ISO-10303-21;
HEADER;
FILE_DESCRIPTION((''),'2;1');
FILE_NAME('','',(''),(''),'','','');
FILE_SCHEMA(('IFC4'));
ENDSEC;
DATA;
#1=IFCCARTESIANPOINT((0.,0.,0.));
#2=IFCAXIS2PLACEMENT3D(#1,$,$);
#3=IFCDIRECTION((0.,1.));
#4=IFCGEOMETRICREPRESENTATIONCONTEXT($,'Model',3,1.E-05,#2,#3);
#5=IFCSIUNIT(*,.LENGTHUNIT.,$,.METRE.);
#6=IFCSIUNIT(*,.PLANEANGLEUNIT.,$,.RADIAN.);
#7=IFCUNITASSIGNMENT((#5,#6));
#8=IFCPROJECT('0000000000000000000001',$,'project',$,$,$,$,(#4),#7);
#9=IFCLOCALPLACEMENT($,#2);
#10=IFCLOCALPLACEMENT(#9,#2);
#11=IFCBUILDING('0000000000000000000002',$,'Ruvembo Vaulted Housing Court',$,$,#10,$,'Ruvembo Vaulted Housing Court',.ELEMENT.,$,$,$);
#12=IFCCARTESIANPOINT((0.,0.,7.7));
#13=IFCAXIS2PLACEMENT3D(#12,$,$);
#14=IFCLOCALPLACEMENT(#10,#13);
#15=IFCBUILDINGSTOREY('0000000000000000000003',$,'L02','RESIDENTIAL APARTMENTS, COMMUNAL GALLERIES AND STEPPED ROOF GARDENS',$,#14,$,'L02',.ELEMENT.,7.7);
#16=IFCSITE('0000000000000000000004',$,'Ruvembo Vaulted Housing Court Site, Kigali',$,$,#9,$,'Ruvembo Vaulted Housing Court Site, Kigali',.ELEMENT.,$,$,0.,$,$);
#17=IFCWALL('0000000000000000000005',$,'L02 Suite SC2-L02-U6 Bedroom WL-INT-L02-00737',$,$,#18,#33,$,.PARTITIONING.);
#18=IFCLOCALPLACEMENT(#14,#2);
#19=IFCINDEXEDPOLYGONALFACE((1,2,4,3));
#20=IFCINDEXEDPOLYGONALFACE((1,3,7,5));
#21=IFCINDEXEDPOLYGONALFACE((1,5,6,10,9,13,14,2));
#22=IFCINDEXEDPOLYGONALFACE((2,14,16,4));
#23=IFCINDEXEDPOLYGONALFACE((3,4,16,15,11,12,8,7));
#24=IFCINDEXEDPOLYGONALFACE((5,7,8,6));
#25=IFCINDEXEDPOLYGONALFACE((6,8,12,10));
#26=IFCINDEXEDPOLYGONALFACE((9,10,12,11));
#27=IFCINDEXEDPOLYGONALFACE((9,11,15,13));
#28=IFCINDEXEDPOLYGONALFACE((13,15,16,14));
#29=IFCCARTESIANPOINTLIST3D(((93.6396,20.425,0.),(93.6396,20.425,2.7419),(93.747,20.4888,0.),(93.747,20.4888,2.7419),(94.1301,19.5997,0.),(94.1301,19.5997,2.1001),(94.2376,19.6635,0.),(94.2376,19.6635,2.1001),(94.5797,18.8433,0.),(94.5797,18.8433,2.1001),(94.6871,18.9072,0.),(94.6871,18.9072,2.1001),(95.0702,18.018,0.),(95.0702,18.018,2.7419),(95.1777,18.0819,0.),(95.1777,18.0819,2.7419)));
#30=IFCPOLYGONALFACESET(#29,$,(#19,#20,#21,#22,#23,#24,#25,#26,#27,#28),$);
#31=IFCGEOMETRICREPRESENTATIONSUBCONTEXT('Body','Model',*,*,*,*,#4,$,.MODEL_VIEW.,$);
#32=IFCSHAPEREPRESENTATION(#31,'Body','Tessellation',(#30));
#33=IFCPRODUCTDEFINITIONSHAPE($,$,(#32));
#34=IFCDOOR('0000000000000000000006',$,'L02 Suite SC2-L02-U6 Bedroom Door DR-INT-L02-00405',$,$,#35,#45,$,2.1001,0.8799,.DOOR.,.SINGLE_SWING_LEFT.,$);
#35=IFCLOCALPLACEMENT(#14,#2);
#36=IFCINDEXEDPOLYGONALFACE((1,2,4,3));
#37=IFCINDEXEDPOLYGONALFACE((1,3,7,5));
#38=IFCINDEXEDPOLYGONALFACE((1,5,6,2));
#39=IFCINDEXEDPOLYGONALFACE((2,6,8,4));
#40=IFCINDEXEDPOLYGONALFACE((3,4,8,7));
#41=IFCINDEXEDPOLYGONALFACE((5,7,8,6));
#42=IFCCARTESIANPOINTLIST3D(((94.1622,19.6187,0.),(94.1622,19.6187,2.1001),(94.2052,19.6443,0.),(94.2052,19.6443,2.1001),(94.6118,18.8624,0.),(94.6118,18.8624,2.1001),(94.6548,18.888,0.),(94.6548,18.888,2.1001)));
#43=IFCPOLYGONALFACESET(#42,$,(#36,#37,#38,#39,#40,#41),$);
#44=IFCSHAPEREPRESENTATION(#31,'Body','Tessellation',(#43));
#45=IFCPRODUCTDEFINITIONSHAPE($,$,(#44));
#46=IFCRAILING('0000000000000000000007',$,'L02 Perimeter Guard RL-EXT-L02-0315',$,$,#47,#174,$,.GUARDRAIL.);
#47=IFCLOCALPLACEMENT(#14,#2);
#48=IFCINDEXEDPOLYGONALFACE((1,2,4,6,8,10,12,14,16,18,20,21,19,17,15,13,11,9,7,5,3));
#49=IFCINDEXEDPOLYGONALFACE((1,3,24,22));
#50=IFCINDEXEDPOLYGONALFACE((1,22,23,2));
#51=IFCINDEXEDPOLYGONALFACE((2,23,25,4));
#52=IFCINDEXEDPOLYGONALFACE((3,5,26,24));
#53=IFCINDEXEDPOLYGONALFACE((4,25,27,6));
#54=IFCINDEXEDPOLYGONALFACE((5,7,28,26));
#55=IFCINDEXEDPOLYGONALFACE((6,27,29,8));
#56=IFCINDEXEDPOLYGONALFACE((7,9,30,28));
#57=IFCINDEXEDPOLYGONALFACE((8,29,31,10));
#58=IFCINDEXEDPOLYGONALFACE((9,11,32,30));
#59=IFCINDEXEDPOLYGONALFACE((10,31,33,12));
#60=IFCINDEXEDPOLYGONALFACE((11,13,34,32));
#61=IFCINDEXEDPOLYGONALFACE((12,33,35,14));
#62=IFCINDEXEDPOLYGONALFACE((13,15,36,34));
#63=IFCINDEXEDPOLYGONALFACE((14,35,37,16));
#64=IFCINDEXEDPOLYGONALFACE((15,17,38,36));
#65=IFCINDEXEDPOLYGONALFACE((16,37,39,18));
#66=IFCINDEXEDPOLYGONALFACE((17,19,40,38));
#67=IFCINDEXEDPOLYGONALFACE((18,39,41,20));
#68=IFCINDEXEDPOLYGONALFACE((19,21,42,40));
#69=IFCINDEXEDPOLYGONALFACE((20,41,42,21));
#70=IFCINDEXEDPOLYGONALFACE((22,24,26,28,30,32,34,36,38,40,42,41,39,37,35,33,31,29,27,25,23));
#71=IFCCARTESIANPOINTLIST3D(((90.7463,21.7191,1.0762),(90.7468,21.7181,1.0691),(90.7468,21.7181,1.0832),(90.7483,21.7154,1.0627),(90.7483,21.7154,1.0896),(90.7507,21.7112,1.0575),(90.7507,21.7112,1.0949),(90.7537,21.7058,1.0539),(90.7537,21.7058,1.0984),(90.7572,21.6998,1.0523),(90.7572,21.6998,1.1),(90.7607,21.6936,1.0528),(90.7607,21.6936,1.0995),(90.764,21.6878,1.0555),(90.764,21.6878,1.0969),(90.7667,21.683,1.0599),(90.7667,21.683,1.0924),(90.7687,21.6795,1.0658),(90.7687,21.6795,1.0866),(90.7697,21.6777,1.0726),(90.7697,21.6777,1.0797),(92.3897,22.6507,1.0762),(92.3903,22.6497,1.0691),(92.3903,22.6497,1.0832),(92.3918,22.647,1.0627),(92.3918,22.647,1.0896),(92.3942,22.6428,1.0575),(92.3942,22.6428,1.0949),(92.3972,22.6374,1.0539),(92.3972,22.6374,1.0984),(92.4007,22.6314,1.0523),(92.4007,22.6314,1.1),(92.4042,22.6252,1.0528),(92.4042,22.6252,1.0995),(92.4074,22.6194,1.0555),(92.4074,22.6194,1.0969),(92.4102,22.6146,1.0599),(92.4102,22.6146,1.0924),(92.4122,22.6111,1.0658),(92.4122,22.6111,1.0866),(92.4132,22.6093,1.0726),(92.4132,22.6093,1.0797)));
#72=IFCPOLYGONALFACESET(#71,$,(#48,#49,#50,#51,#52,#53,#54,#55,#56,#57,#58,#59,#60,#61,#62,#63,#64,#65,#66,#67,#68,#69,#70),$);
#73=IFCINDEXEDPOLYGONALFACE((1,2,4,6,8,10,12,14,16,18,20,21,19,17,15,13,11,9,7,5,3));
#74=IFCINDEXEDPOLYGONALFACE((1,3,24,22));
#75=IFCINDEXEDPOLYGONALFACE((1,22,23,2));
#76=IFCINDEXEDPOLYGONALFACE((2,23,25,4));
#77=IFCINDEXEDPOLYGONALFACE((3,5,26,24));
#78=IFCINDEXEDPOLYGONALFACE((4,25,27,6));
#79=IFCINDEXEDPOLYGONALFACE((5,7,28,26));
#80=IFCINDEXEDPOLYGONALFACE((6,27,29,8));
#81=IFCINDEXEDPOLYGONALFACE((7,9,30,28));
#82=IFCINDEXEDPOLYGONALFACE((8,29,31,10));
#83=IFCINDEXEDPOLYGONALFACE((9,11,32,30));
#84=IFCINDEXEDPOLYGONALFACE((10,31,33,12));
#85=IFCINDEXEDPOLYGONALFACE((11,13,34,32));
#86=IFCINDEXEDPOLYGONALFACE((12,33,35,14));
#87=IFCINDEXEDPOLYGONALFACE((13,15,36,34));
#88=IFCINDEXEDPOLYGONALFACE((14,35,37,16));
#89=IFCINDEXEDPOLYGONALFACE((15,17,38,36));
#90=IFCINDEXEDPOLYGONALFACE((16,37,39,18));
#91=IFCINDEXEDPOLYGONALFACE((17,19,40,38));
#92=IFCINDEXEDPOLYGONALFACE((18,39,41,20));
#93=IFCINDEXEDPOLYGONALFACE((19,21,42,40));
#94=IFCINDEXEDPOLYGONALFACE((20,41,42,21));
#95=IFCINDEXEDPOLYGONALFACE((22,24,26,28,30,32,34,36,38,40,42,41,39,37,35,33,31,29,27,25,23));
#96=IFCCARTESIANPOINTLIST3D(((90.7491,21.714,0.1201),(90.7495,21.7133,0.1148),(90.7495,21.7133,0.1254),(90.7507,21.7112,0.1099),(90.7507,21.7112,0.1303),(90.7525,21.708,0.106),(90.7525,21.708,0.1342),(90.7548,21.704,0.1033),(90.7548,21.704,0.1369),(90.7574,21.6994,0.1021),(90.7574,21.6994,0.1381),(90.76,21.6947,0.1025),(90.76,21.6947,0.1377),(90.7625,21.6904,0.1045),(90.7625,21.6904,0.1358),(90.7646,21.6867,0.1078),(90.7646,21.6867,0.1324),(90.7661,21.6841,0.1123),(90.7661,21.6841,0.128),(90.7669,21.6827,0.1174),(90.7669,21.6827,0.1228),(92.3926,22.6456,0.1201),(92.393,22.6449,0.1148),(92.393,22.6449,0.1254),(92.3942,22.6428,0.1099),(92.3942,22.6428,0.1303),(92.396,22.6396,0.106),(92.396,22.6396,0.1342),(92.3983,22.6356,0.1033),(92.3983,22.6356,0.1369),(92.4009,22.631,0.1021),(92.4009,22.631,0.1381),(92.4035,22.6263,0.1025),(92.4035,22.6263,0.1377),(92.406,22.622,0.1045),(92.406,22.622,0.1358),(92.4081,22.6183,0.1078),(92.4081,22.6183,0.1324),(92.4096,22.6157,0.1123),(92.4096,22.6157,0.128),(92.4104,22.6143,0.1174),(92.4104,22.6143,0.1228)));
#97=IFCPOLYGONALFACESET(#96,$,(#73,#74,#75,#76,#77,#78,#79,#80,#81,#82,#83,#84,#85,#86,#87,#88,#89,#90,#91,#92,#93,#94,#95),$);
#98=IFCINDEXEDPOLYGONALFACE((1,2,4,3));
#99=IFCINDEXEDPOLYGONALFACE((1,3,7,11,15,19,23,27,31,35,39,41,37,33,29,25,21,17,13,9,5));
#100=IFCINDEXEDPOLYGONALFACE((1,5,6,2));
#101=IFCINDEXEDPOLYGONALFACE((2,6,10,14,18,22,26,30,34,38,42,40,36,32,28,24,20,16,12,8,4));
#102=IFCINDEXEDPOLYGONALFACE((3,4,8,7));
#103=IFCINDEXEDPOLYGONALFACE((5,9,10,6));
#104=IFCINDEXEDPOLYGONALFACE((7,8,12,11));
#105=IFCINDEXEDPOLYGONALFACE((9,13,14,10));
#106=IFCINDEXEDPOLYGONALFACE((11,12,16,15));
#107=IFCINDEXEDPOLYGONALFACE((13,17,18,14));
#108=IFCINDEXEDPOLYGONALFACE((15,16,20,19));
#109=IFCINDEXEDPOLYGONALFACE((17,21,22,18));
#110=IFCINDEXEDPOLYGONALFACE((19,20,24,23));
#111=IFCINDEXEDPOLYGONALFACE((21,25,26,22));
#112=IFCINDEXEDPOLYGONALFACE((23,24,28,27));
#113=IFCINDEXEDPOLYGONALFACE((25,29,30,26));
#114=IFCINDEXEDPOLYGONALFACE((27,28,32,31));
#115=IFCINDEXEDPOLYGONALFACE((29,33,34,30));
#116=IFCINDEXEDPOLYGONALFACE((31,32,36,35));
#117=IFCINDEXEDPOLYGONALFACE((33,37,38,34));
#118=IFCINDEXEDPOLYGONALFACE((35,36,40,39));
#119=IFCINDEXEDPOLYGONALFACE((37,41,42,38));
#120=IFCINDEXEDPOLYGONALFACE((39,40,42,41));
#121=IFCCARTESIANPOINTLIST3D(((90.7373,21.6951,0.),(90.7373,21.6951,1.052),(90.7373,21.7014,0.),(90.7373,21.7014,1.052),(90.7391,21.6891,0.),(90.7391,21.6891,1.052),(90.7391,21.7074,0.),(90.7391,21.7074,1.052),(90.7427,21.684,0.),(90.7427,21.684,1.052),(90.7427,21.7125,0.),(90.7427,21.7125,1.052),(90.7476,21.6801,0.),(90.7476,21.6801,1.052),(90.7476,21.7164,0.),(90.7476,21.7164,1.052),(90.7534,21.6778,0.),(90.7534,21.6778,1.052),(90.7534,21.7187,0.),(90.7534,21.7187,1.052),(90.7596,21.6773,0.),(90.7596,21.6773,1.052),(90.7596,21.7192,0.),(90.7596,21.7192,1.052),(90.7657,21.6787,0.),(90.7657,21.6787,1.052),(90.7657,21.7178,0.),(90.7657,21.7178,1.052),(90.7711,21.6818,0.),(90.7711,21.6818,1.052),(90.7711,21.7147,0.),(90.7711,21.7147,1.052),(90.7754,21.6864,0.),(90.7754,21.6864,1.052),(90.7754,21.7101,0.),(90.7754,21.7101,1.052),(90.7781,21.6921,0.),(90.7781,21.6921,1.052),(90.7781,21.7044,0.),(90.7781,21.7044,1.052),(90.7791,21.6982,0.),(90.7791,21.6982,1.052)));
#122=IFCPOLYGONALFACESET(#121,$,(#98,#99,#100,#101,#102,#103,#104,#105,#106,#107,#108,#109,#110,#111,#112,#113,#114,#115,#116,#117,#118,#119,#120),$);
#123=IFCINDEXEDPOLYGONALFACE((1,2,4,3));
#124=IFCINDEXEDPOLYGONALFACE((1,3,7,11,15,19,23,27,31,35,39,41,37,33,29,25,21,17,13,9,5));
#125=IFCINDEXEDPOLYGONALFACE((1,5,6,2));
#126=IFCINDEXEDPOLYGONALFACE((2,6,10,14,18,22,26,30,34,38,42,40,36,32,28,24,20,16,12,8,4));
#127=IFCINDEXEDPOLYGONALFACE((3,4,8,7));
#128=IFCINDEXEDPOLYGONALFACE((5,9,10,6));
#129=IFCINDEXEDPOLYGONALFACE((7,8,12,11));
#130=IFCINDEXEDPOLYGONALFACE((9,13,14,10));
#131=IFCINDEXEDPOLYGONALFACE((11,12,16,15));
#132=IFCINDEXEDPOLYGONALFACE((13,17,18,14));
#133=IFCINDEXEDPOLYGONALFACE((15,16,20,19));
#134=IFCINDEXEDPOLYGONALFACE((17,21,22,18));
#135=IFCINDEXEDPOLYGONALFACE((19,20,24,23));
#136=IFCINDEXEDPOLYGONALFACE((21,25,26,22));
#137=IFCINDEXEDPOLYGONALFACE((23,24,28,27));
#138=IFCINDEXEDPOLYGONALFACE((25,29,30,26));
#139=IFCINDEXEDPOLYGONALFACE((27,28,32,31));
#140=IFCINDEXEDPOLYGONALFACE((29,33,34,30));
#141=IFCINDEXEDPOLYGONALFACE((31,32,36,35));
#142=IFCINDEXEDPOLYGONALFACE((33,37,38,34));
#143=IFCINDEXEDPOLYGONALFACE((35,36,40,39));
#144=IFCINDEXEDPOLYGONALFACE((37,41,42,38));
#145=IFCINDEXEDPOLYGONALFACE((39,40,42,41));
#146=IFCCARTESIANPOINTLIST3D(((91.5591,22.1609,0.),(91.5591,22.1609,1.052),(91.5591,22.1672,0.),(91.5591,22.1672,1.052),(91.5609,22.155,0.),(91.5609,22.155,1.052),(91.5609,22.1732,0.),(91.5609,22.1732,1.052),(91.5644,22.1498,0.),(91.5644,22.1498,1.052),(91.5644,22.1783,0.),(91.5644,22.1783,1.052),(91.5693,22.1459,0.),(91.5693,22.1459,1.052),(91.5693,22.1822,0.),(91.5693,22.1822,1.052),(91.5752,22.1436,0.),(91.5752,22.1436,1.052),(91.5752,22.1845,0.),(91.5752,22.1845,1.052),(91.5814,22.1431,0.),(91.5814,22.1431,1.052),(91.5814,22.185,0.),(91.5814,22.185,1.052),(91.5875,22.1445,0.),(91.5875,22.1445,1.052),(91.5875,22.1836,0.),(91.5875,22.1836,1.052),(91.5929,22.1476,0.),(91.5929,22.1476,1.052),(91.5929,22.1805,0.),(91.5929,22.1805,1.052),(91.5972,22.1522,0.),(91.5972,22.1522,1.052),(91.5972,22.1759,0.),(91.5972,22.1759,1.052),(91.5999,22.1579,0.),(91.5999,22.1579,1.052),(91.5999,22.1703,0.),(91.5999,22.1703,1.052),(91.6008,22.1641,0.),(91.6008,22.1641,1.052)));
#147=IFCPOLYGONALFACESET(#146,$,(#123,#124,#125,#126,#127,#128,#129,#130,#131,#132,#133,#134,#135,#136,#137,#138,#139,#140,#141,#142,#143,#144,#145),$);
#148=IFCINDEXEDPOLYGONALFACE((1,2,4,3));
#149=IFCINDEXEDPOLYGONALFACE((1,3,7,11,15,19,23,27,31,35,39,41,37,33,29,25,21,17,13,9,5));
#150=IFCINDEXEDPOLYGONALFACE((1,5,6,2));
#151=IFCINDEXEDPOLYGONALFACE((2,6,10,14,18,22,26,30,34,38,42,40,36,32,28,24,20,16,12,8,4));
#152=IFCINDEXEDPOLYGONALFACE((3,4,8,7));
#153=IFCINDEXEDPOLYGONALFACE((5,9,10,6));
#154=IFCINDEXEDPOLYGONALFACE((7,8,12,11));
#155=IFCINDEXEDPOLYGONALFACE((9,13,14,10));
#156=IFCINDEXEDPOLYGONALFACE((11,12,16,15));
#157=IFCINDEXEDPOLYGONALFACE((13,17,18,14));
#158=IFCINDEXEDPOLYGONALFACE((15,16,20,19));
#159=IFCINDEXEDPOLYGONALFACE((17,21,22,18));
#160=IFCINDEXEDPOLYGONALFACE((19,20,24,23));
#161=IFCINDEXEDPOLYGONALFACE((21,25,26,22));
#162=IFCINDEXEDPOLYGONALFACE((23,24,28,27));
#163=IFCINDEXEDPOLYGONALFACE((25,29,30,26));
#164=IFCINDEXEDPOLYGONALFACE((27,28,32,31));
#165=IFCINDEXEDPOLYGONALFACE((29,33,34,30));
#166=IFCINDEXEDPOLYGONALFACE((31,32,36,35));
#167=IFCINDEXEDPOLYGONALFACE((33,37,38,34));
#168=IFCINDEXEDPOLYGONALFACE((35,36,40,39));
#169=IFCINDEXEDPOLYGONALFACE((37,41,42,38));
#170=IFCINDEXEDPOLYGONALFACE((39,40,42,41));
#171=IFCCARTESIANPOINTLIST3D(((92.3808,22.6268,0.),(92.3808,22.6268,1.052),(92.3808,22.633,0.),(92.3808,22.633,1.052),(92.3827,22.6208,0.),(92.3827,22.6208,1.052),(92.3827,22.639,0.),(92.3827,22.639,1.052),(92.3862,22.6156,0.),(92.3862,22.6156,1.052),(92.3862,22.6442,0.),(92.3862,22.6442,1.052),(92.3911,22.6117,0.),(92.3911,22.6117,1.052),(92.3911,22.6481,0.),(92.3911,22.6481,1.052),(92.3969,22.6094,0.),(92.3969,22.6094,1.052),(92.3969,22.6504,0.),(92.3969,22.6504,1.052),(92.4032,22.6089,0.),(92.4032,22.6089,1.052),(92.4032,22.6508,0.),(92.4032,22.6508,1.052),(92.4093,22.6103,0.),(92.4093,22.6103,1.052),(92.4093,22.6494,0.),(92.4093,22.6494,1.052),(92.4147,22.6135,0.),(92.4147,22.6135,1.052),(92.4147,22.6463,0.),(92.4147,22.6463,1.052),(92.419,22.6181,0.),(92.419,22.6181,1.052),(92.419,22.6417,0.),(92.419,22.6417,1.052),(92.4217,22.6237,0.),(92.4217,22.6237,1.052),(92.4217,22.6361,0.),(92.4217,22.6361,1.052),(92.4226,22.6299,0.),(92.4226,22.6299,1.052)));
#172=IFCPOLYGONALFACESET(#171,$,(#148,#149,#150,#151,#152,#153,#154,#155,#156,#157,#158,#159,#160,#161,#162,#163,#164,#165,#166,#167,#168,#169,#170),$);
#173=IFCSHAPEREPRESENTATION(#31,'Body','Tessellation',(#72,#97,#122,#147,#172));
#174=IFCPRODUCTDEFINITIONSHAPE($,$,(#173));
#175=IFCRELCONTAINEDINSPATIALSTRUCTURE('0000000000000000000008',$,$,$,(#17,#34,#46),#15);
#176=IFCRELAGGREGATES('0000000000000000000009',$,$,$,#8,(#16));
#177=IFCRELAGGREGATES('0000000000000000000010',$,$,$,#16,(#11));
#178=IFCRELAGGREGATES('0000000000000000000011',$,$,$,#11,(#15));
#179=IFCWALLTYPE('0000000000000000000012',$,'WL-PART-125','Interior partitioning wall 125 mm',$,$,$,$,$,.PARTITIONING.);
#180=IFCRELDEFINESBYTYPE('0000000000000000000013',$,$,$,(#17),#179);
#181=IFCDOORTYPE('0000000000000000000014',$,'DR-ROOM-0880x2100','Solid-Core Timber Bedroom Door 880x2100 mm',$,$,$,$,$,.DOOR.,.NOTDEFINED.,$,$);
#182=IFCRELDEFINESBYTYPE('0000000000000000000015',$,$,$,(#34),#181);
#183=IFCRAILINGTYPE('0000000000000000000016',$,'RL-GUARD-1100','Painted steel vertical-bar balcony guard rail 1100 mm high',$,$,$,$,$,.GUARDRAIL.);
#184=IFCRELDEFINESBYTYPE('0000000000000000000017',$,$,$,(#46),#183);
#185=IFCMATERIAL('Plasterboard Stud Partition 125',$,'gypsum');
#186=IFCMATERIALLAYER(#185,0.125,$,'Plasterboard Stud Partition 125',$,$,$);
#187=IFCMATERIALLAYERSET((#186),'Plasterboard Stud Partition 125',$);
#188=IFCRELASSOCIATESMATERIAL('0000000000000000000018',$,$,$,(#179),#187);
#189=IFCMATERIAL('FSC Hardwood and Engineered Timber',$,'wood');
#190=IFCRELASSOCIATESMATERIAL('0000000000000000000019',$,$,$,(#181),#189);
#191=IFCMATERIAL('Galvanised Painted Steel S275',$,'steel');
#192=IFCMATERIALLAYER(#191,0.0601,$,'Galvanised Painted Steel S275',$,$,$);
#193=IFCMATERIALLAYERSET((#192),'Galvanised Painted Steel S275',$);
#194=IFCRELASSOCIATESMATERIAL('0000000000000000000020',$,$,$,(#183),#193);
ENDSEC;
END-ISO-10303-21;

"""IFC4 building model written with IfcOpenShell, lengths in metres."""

from ifc_helpers import new_model, si_unit, direction, frame, frame_2d, origin, origin_2d, place, context, subcontext, project, spatial, rectangle, circle, extrude, material, layer, layer_set, type_object, element, fill, save


model = new_model("IFC4")

# Units and contexts
model_context = context("Model", 3, precision=1e-05, world=origin(), true_north=direction((0.0, 1.0)))
body_context = subcontext(model_context, "Body", "Model", "MODEL_VIEW")
ifc_project = project(units=[si_unit("LENGTHUNIT", "METRE"), si_unit("PLANEANGLEUNIT", "RADIAN")], contexts=[model_context])

# Site, building, storey
site_placement = place(None, origin())
site = spatial("IfcSite", under=ifc_project, at=site_placement, Name="Ruvembo Vaulted Housing Court Site, Kigali", LongName="Ruvembo Vaulted Housing Court Site, Kigali", CompositionType="ELEMENT", RefElevation=0.0)
building_placement = place(site_placement, origin())
building = spatial("IfcBuilding", under=site, at=building_placement, Name="Ruvembo Vaulted Housing Court", LongName="Ruvembo Vaulted Housing Court", CompositionType="ELEMENT")
storey_placement = place(building_placement, frame((0.0, 0.0, 7.7)))
storey = spatial("IfcBuildingStorey", under=building, at=storey_placement, Name="L02", Description="RESIDENTIAL APARTMENTS, COMMUNAL GALLERIES AND STEPPED ROOF GARDENS", LongName="L02", CompositionType="ELEMENT", Elevation=7.7)

# Wall, opening, door
ifc_material_1 = material(Name="Plasterboard Stud Partition 125", Category="gypsum")
ifc_layer_1 = layer(ifc_material_1, 0.125, Name="Plasterboard Stud Partition 125")
ifc_layer_set_1 = layer_set([ifc_layer_1], Name="Plasterboard Stud Partition 125")
wall_type_1 = type_object("IfcWallType", Name="WL-PART-125", Description="Interior partitioning wall 125 mm", PredefinedType="PARTITIONING", material=ifc_layer_set_1)
wall_1_placement = place(storey_placement, frame((93.6934, 20.4568, 0.0), z_axis=(0.0, 0.0, 1.0), x_axis=(0.51094, -0.859617, 0.0)))
wall_1 = element("IfcWall", 1, at=wall_1_placement, inside=storey, type_object=wall_type_1, Name="L02 Suite SC2-L02-U6 Bedroom WL-INT-L02-00737", PredefinedType="PARTITIONING", context=body_context, shape_type="SweptSolid", body=[
    extrude(rectangle(XDim=2.8, YDim=0.125, at=frame_2d((1.3999, 0.0))), origin(), (0.0, 0.0, 1.0), 2.7419),
])
opening_1_placement = place(wall_1_placement, frame((0.96, 0.0, 0.0)))
opening_1 = element("IfcOpeningElement", 2, at=opening_1_placement, cuts=wall_1, PredefinedType="OPENING", context=body_context, shape_type="SweptSolid", body=[
    extrude(rectangle(XDim=0.8799, YDim=2.1001, at=frame_2d((0.4399, 1.05))), frame((0.0, 0.0725, 0.0), z_axis=(0.0, -1.0, 0.0), x_axis=(1.0, 0.0, 0.0)), (0.0, 0.0, 1.0), 0.145),
])
ifc_material_2 = material(Name="FSC Hardwood and Engineered Timber", Category="wood")
door_type_1 = type_object("IfcDoorType", Name="DR-ROOM-0880x2100", Description="Solid-Core Timber Bedroom Door 880x2100 mm", OperationType="NOTDEFINED", PredefinedType="DOOR", material=ifc_material_2)
door_1_placement = place(opening_1_placement, origin())
door_1 = element("IfcDoor", 3, at=door_1_placement, inside=storey, type_object=door_type_1, Name="L02 Suite SC2-L02-U6 Bedroom Door DR-INT-L02-00405", OperationType="SINGLE_SWING_LEFT", OverallHeight=2.1001, OverallWidth=0.8799, PredefinedType="DOOR", context=body_context, shape_type="SweptSolid", body=[
    extrude(rectangle(XDim=0.8799, YDim=2.1001, at=frame_2d((0.4399, 1.05))), frame((0.0, 0.0249, 0.0), z_axis=(0.0, -1.0, 0.0), x_axis=(1.0, 0.0, 0.0)), (0.0, 0.0, 1.0), 0.05),
])
fill(opening_1, door_1)

# Railing
ifc_material_3 = material(Name="Galvanised Painted Steel S275", Category="steel")
ifc_layer_2 = layer(ifc_material_3, 0.0601, Name="Galvanised Painted Steel S275")
ifc_layer_set_2 = layer_set([ifc_layer_2], Name="Galvanised Painted Steel S275")
railing_type = type_object("IfcRailingType", Name="RL-GUARD-1100", Description="Painted steel vertical-bar balcony guard rail 1100 mm high", PredefinedType="GUARDRAIL", material=ifc_layer_set_2)
railing_1_placement = place(storey_placement, frame((90.7581, 21.6982, 0.0)))
element("IfcRailing", 4, at=railing_1_placement, inside=storey, type_object=railing_type, Name="L02 Perimeter Guard RL-EXT-L02-0315", PredefinedType="GUARDRAIL", context=body_context, shape_type="SweptSolid", body=[
    extrude(circle(Radius=0.0239, at=origin_2d()), frame((0.0, 0.0, 1.0762), z_axis=(0.869956, 0.49313, 0.0), x_axis=(-0.49313, 0.869956, 0.0)), (0.0, 0.0, 1.0), 1.8892),
    extrude(circle(Radius=0.0181, at=origin_2d()), frame((0.0, 0.0, 0.1201), z_axis=(0.869956, 0.49313, 0.0), x_axis=(-0.49313, 0.869956, 0.0)), (0.0, 0.0, 1.0), 1.8892),
    extrude(circle(Radius=0.021, at=origin_2d()), origin(), (0.0, 0.0, 1.0), 1.052),
    extrude(circle(Radius=0.021, at=origin_2d()), frame((0.8218, 0.4658, 0.0)), (0.0, 0.0, 1.0), 1.052),
    extrude(circle(Radius=0.021, at=origin_2d()), frame((1.6436, 0.9316, 0.0)), (0.0, 0.0, 1.0), 1.052),
])

save(model, "model.ifc")
